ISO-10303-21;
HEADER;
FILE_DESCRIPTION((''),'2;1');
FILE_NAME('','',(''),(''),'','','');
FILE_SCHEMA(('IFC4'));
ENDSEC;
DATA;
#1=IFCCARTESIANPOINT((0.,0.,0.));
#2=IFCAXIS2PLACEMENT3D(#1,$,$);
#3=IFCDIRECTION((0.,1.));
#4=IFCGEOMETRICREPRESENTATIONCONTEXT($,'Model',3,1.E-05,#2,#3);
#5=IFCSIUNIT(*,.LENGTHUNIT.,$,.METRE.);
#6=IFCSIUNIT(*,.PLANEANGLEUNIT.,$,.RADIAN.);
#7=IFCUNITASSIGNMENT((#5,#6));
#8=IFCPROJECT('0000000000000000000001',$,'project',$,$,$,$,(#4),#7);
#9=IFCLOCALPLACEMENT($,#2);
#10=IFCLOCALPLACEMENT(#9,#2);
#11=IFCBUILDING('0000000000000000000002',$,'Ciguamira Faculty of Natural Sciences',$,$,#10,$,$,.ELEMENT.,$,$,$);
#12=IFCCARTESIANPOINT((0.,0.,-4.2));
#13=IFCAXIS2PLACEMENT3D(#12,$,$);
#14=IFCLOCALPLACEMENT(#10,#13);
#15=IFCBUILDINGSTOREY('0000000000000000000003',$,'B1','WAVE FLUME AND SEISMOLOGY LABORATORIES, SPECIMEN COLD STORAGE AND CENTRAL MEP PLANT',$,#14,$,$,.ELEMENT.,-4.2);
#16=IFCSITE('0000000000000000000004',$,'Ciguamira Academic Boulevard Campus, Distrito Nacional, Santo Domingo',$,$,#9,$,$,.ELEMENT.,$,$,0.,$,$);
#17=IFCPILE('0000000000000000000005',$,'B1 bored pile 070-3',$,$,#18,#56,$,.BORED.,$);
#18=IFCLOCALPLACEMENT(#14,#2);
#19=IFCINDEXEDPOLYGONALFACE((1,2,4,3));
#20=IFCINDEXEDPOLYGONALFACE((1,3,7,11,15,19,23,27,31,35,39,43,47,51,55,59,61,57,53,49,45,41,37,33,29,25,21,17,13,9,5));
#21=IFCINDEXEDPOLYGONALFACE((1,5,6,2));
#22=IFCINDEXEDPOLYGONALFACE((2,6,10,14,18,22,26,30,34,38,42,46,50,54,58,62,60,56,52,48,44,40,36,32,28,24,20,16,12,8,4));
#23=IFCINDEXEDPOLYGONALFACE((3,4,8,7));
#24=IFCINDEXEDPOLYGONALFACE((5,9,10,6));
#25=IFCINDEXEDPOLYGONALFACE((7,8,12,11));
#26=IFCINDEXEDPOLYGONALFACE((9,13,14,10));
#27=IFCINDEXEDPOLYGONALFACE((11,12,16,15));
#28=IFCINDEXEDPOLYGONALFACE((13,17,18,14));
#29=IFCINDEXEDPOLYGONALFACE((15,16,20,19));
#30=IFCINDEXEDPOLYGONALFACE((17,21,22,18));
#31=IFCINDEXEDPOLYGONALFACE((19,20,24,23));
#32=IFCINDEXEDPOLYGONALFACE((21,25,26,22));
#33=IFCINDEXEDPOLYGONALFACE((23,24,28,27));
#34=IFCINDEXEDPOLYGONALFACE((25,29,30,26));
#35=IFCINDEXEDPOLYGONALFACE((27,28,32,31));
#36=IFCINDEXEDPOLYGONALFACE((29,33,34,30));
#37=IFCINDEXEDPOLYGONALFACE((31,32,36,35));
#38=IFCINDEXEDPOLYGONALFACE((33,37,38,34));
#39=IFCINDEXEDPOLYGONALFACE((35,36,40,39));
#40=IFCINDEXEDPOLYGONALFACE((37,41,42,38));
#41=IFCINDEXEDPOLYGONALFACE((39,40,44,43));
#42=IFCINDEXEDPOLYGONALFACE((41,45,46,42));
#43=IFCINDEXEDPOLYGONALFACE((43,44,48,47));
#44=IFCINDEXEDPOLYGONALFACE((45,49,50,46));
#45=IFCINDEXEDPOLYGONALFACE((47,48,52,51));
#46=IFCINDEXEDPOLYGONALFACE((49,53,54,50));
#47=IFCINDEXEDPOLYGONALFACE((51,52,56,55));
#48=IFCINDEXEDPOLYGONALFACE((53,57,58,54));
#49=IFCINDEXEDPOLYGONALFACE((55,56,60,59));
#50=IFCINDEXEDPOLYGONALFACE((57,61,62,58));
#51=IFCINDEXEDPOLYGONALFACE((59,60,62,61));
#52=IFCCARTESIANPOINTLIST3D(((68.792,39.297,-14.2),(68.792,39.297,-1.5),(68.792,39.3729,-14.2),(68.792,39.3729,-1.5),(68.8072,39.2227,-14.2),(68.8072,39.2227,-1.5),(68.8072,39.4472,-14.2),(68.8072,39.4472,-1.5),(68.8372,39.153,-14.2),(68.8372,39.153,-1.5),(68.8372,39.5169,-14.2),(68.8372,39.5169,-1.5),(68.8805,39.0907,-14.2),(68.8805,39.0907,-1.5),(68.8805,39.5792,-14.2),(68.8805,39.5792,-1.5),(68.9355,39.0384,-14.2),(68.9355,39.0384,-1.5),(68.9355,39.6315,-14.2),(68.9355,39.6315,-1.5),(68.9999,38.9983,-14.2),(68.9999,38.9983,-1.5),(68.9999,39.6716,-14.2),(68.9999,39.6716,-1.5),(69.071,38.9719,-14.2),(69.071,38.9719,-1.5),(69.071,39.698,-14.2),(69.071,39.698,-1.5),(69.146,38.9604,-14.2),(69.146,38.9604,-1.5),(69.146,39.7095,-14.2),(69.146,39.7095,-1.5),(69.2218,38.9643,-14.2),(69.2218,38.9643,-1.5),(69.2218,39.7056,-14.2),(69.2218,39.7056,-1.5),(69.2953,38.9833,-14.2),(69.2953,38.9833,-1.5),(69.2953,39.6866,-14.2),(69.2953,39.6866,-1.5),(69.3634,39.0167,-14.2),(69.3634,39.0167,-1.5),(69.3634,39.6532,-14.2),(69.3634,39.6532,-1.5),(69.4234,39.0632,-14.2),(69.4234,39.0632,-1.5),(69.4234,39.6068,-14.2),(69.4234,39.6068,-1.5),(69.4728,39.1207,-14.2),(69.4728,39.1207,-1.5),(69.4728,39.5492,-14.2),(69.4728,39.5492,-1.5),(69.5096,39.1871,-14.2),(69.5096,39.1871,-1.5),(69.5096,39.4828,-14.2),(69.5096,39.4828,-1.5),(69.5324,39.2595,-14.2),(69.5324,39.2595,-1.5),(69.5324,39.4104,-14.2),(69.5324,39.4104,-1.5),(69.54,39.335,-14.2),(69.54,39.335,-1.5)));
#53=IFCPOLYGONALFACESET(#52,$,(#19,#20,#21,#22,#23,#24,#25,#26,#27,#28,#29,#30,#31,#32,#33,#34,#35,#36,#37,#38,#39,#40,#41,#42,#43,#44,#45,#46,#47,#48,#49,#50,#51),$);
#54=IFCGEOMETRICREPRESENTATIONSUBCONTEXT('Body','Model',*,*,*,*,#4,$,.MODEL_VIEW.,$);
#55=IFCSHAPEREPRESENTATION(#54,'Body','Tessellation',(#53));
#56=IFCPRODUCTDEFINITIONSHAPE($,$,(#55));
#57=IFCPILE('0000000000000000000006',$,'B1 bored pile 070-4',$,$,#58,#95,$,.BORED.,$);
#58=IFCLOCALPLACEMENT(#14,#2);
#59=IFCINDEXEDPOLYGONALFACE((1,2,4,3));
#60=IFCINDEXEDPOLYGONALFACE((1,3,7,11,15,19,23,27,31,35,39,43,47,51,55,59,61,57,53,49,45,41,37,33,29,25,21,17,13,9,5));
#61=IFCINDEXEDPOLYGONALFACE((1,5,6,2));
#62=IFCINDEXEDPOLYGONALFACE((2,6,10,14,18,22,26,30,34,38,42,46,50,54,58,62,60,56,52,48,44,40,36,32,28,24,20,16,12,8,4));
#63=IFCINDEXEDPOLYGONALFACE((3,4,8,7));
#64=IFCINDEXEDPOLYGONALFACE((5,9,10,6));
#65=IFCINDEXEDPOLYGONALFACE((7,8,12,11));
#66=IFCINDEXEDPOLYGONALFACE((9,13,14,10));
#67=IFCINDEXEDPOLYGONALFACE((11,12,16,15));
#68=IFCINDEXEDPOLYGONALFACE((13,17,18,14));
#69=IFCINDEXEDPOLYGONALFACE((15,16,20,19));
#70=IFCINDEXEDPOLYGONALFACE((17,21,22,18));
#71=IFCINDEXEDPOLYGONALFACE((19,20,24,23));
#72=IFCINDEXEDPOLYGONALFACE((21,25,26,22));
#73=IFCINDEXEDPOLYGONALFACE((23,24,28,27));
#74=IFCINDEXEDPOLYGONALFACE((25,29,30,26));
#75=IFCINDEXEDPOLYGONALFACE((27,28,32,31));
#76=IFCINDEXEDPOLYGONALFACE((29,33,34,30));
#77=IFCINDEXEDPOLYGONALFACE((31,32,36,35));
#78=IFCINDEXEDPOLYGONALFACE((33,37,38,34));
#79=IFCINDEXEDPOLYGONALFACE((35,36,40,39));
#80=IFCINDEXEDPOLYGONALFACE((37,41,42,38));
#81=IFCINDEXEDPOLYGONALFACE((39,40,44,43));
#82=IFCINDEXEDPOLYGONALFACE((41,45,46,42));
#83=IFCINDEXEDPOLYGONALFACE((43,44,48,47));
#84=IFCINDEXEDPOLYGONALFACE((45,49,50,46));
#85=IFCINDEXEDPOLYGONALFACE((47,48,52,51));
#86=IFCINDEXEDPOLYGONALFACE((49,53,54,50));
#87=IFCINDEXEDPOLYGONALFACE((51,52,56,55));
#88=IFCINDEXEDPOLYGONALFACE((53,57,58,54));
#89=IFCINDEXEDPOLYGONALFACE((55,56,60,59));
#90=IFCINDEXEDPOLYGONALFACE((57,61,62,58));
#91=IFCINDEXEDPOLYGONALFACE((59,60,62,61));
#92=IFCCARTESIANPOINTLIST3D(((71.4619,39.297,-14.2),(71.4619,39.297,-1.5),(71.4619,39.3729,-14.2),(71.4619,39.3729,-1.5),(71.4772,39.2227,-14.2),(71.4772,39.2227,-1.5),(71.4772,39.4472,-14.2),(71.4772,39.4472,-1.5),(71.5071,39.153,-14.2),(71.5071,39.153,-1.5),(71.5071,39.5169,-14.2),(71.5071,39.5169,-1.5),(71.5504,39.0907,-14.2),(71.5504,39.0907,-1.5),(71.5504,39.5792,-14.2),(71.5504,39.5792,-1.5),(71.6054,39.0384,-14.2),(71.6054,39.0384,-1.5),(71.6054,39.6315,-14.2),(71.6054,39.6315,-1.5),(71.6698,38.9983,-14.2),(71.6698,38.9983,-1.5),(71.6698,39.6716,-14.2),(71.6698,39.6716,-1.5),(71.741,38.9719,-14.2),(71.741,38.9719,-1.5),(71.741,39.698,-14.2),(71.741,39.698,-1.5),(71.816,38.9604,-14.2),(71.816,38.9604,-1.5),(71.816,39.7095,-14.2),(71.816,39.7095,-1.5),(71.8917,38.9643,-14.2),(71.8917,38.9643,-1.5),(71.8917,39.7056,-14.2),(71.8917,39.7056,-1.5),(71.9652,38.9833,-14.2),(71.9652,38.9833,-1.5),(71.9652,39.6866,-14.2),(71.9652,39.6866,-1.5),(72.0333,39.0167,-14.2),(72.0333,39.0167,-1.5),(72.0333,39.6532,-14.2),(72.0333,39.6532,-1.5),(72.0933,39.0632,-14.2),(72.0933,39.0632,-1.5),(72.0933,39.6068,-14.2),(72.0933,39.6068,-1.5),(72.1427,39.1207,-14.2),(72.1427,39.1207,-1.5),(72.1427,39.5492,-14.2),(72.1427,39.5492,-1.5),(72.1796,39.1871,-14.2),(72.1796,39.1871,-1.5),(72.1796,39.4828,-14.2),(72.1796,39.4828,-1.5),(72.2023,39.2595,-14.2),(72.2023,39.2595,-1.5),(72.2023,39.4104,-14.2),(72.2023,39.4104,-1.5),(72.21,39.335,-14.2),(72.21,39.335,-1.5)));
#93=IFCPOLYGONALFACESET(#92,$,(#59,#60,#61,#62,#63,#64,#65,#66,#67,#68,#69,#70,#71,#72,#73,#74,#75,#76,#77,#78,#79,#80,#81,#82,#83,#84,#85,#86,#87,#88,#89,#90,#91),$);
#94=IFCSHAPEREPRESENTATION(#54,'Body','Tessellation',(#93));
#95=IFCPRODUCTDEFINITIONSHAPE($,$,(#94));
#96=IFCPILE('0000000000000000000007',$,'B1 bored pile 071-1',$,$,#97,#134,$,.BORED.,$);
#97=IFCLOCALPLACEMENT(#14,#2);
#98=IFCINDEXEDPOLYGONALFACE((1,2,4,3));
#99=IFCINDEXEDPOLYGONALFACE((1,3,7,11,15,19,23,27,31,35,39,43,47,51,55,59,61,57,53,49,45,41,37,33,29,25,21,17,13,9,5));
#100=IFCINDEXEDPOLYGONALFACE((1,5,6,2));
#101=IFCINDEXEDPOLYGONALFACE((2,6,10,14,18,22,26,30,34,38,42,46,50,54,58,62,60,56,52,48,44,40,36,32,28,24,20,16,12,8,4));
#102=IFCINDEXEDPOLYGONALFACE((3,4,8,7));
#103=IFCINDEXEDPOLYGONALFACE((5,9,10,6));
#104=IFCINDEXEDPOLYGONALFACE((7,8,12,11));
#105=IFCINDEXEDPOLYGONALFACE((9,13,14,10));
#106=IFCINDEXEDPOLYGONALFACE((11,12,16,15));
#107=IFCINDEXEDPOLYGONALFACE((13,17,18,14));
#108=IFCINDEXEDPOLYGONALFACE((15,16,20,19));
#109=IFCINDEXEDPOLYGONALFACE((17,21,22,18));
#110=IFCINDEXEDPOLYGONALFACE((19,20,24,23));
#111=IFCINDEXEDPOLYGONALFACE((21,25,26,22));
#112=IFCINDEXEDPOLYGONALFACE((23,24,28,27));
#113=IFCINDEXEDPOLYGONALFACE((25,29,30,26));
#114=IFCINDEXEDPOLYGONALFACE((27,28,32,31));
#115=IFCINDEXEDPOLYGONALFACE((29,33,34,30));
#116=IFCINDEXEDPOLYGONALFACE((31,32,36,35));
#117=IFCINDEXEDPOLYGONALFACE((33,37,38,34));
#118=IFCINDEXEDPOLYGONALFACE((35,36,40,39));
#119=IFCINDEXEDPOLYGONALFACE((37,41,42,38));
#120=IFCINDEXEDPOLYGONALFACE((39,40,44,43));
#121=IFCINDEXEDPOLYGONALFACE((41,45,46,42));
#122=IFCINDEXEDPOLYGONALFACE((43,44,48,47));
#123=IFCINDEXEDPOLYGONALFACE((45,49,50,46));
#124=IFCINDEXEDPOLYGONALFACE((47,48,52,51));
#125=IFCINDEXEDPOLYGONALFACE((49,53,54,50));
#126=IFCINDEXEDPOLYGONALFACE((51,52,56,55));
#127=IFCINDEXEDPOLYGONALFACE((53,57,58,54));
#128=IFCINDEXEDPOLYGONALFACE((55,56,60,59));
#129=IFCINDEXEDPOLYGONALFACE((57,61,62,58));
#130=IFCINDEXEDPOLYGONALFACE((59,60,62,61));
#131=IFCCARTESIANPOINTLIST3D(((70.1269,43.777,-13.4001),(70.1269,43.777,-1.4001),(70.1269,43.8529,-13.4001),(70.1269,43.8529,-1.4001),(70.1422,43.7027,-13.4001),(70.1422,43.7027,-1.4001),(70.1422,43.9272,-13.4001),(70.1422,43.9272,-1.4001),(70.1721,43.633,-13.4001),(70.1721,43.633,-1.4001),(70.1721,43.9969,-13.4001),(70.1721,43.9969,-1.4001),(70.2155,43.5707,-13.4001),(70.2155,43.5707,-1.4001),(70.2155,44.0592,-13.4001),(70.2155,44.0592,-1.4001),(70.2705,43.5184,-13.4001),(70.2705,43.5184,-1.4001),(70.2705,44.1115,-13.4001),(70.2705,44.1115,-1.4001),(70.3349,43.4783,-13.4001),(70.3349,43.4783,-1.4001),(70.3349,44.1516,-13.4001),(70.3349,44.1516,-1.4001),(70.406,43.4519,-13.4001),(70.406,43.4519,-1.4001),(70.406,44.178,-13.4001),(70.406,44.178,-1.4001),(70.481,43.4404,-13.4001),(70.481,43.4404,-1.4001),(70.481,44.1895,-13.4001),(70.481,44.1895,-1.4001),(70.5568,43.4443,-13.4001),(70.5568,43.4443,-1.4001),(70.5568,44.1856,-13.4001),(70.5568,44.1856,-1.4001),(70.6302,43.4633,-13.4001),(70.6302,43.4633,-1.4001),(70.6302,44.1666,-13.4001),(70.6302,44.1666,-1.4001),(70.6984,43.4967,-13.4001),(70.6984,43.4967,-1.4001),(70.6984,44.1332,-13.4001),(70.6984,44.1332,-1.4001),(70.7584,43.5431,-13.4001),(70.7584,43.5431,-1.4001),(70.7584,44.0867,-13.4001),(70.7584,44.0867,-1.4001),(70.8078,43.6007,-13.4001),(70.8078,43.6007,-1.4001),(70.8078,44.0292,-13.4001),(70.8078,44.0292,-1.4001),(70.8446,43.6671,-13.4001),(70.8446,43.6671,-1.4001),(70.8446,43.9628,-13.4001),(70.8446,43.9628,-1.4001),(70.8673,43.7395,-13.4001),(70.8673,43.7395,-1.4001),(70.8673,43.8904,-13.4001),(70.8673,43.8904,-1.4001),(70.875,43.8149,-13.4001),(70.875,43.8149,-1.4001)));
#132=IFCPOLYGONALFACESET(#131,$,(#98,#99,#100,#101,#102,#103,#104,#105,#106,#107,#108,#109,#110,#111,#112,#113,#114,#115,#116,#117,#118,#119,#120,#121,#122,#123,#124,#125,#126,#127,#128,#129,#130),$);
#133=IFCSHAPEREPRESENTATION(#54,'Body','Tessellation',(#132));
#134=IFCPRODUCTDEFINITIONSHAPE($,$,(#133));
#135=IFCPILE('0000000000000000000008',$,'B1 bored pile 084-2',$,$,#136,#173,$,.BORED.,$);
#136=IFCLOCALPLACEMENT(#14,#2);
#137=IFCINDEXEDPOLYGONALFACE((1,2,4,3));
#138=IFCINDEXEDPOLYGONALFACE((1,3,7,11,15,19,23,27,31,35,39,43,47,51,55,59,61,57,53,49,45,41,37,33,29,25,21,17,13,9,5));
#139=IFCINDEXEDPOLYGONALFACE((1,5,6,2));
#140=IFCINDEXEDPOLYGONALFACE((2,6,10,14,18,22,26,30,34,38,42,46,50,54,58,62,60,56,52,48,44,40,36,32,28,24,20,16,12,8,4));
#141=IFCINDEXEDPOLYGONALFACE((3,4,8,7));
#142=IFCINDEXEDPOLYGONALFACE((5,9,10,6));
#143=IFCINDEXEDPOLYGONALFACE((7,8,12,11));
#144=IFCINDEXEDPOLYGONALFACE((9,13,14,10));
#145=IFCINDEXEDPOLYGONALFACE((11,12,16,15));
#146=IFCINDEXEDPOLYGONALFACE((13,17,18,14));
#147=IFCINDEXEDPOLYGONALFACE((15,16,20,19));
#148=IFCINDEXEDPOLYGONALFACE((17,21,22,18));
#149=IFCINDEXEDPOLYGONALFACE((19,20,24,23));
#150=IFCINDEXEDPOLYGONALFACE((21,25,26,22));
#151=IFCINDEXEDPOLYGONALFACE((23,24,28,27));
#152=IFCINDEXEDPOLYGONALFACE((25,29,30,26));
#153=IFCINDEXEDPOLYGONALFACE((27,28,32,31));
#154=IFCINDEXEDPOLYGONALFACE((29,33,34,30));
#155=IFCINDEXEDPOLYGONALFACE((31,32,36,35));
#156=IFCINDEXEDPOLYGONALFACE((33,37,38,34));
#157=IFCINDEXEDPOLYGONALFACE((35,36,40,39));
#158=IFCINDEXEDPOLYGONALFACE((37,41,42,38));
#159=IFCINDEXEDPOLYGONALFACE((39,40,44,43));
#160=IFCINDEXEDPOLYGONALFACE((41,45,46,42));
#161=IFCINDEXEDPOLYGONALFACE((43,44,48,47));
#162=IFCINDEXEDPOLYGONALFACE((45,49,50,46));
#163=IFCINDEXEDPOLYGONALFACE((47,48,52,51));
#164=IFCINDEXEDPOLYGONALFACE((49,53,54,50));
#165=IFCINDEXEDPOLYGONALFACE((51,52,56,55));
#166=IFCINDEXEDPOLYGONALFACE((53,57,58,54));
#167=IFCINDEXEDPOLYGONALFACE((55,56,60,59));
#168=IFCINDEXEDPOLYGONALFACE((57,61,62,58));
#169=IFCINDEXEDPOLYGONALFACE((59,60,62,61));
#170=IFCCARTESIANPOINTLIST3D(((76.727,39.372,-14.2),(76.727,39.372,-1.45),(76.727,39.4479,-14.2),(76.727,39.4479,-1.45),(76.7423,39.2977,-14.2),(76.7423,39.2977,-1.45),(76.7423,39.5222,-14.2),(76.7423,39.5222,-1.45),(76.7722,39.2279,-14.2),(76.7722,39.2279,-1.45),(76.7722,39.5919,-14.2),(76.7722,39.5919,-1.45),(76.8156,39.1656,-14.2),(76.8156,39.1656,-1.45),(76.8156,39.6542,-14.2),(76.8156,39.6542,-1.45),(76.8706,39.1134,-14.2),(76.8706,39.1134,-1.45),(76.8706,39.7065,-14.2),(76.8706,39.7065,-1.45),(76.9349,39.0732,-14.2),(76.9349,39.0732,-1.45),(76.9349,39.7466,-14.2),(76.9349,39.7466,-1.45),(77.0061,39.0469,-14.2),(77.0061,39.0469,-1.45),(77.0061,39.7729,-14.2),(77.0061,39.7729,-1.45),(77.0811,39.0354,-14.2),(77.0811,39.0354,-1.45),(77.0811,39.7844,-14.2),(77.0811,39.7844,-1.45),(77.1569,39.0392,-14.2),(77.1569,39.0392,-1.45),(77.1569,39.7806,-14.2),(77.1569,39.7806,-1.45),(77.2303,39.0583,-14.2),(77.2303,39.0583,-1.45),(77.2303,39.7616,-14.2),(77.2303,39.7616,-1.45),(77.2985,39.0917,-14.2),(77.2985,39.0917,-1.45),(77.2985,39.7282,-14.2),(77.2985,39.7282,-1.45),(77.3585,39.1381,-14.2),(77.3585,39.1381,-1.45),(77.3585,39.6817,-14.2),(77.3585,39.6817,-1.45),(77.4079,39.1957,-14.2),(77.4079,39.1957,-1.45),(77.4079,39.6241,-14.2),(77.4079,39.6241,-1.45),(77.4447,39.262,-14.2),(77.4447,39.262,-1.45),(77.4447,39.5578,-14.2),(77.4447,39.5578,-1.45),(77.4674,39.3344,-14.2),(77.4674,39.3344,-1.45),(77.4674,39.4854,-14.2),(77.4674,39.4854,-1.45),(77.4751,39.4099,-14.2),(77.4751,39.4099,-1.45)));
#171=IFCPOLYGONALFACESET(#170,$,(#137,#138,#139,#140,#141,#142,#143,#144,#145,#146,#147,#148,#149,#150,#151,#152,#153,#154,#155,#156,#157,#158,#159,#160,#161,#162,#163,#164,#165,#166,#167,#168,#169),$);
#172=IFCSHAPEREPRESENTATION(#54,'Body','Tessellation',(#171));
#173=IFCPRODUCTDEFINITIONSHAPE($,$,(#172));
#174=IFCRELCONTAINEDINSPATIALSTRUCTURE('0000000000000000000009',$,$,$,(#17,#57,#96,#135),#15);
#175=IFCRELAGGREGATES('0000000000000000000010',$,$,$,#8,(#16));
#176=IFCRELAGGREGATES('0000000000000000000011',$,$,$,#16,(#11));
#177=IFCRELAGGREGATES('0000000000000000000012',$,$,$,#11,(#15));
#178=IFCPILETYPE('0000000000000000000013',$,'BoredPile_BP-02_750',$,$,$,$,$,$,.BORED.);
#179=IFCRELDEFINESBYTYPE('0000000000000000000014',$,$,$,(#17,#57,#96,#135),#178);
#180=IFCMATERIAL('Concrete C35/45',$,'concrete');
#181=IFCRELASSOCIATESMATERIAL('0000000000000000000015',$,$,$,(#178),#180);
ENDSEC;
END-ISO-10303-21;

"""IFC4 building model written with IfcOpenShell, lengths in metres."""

from ifc_helpers import new_model, si_unit, direction, frame, origin, origin_2d, place, context, subcontext, project, spatial, circle, extrude, material, material_profile, profile_set, type_object, element, save


model = new_model("IFC4")

# Units and contexts
model_context = context("Model", 3, precision=1e-05, world=origin(), true_north=direction((0.0, 1.0)))
body_context = subcontext(model_context, "Body", "Model", "MODEL_VIEW")
ifc_project = project(units=[si_unit("LENGTHUNIT", "METRE"), si_unit("PLANEANGLEUNIT", "RADIAN")], contexts=[model_context])

# Site, building, storey
site_placement = place(None, origin())
site = spatial("IfcSite", under=ifc_project, at=site_placement, Name="Ciguamira Academic Boulevard Campus, Distrito Nacional, Santo Domingo", CompositionType="ELEMENT", RefElevation=0.0)
building_placement = place(site_placement, origin())
building = spatial("IfcBuilding", under=site, at=building_placement, Name="Ciguamira Faculty of Natural Sciences", CompositionType="ELEMENT")
storey_placement = place(building_placement, frame((0.0, 0.0, -4.2)))
storey = spatial("IfcBuildingStorey", under=building, at=storey_placement, Name="B1", Description="WAVE FLUME AND SEISMOLOGY LABORATORIES, SPECIMEN COLD STORAGE AND CENTRAL MEP PLANT", CompositionType="ELEMENT", Elevation=-4.2)

# Piles
ifc_material_1 = material(Name="Concrete C35/45", Category="concrete")
ifc_material_profile_1 = material_profile(ifc_material_1, circle(Radius=0.375, at=origin_2d()), Name="PILE-BORED-750")
ifc_profile_set_1 = profile_set([ifc_material_profile_1], Name="Concrete C35/45")
pile_type = type_object("IfcPileType", Name="BoredPile_BP-02_750", PredefinedType="BORED", material=ifc_profile_set_1)
for number, where, z_axis, x_axis, name in (
    (1, (69.165, 39.335, -1.5), (0.0, 0.0, -1.0), (1.0, 0.0, 0.0), "B1 bored pile 070-3"),
    (2, (71.835, 39.335, -1.5), (0.0, 0.0, -1.0), (1.0, 0.0, 0.0), "B1 bored pile 070-4"),
):
    element("IfcPile", number, at=place(storey_placement, frame(where, z_axis=z_axis, x_axis=x_axis)), inside=storey, type_object=pile_type, Name=name, PredefinedType="BORED", context=body_context, shape_type="SweptSolid", body=[
        extrude(circle(Radius=0.375, at=origin_2d()), origin(), (0.0, 0.0, 1.0), 12.7),
    ])
pile_1_placement = place(storey_placement, frame((70.5, 43.8149, -1.4001), z_axis=(0.0, 0.0, -1.0), x_axis=(1.0, 0.0, 0.0)))
element("IfcPile", 3, at=pile_1_placement, inside=storey, type_object=pile_type, Name="B1 bored pile 071-1", PredefinedType="BORED", context=body_context, shape_type="SweptSolid", body=[
    extrude(circle(Radius=0.375, at=origin_2d()), origin(), (0.0, 0.0, 1.0), 12.0),
])
pile_2_placement = place(storey_placement, frame((77.1001, 39.4099, -1.45), z_axis=(0.0, 0.0, -1.0), x_axis=(1.0, 0.0, 0.0)))
element("IfcPile", 4, at=pile_2_placement, inside=storey, type_object=pile_type, Name="B1 bored pile 084-2", PredefinedType="BORED", context=body_context, shape_type="SweptSolid", body=[
    extrude(circle(Radius=0.375, at=origin_2d()), origin(), (0.0, 0.0, 1.0), 12.75),
])

save(model, "model.ifc")
